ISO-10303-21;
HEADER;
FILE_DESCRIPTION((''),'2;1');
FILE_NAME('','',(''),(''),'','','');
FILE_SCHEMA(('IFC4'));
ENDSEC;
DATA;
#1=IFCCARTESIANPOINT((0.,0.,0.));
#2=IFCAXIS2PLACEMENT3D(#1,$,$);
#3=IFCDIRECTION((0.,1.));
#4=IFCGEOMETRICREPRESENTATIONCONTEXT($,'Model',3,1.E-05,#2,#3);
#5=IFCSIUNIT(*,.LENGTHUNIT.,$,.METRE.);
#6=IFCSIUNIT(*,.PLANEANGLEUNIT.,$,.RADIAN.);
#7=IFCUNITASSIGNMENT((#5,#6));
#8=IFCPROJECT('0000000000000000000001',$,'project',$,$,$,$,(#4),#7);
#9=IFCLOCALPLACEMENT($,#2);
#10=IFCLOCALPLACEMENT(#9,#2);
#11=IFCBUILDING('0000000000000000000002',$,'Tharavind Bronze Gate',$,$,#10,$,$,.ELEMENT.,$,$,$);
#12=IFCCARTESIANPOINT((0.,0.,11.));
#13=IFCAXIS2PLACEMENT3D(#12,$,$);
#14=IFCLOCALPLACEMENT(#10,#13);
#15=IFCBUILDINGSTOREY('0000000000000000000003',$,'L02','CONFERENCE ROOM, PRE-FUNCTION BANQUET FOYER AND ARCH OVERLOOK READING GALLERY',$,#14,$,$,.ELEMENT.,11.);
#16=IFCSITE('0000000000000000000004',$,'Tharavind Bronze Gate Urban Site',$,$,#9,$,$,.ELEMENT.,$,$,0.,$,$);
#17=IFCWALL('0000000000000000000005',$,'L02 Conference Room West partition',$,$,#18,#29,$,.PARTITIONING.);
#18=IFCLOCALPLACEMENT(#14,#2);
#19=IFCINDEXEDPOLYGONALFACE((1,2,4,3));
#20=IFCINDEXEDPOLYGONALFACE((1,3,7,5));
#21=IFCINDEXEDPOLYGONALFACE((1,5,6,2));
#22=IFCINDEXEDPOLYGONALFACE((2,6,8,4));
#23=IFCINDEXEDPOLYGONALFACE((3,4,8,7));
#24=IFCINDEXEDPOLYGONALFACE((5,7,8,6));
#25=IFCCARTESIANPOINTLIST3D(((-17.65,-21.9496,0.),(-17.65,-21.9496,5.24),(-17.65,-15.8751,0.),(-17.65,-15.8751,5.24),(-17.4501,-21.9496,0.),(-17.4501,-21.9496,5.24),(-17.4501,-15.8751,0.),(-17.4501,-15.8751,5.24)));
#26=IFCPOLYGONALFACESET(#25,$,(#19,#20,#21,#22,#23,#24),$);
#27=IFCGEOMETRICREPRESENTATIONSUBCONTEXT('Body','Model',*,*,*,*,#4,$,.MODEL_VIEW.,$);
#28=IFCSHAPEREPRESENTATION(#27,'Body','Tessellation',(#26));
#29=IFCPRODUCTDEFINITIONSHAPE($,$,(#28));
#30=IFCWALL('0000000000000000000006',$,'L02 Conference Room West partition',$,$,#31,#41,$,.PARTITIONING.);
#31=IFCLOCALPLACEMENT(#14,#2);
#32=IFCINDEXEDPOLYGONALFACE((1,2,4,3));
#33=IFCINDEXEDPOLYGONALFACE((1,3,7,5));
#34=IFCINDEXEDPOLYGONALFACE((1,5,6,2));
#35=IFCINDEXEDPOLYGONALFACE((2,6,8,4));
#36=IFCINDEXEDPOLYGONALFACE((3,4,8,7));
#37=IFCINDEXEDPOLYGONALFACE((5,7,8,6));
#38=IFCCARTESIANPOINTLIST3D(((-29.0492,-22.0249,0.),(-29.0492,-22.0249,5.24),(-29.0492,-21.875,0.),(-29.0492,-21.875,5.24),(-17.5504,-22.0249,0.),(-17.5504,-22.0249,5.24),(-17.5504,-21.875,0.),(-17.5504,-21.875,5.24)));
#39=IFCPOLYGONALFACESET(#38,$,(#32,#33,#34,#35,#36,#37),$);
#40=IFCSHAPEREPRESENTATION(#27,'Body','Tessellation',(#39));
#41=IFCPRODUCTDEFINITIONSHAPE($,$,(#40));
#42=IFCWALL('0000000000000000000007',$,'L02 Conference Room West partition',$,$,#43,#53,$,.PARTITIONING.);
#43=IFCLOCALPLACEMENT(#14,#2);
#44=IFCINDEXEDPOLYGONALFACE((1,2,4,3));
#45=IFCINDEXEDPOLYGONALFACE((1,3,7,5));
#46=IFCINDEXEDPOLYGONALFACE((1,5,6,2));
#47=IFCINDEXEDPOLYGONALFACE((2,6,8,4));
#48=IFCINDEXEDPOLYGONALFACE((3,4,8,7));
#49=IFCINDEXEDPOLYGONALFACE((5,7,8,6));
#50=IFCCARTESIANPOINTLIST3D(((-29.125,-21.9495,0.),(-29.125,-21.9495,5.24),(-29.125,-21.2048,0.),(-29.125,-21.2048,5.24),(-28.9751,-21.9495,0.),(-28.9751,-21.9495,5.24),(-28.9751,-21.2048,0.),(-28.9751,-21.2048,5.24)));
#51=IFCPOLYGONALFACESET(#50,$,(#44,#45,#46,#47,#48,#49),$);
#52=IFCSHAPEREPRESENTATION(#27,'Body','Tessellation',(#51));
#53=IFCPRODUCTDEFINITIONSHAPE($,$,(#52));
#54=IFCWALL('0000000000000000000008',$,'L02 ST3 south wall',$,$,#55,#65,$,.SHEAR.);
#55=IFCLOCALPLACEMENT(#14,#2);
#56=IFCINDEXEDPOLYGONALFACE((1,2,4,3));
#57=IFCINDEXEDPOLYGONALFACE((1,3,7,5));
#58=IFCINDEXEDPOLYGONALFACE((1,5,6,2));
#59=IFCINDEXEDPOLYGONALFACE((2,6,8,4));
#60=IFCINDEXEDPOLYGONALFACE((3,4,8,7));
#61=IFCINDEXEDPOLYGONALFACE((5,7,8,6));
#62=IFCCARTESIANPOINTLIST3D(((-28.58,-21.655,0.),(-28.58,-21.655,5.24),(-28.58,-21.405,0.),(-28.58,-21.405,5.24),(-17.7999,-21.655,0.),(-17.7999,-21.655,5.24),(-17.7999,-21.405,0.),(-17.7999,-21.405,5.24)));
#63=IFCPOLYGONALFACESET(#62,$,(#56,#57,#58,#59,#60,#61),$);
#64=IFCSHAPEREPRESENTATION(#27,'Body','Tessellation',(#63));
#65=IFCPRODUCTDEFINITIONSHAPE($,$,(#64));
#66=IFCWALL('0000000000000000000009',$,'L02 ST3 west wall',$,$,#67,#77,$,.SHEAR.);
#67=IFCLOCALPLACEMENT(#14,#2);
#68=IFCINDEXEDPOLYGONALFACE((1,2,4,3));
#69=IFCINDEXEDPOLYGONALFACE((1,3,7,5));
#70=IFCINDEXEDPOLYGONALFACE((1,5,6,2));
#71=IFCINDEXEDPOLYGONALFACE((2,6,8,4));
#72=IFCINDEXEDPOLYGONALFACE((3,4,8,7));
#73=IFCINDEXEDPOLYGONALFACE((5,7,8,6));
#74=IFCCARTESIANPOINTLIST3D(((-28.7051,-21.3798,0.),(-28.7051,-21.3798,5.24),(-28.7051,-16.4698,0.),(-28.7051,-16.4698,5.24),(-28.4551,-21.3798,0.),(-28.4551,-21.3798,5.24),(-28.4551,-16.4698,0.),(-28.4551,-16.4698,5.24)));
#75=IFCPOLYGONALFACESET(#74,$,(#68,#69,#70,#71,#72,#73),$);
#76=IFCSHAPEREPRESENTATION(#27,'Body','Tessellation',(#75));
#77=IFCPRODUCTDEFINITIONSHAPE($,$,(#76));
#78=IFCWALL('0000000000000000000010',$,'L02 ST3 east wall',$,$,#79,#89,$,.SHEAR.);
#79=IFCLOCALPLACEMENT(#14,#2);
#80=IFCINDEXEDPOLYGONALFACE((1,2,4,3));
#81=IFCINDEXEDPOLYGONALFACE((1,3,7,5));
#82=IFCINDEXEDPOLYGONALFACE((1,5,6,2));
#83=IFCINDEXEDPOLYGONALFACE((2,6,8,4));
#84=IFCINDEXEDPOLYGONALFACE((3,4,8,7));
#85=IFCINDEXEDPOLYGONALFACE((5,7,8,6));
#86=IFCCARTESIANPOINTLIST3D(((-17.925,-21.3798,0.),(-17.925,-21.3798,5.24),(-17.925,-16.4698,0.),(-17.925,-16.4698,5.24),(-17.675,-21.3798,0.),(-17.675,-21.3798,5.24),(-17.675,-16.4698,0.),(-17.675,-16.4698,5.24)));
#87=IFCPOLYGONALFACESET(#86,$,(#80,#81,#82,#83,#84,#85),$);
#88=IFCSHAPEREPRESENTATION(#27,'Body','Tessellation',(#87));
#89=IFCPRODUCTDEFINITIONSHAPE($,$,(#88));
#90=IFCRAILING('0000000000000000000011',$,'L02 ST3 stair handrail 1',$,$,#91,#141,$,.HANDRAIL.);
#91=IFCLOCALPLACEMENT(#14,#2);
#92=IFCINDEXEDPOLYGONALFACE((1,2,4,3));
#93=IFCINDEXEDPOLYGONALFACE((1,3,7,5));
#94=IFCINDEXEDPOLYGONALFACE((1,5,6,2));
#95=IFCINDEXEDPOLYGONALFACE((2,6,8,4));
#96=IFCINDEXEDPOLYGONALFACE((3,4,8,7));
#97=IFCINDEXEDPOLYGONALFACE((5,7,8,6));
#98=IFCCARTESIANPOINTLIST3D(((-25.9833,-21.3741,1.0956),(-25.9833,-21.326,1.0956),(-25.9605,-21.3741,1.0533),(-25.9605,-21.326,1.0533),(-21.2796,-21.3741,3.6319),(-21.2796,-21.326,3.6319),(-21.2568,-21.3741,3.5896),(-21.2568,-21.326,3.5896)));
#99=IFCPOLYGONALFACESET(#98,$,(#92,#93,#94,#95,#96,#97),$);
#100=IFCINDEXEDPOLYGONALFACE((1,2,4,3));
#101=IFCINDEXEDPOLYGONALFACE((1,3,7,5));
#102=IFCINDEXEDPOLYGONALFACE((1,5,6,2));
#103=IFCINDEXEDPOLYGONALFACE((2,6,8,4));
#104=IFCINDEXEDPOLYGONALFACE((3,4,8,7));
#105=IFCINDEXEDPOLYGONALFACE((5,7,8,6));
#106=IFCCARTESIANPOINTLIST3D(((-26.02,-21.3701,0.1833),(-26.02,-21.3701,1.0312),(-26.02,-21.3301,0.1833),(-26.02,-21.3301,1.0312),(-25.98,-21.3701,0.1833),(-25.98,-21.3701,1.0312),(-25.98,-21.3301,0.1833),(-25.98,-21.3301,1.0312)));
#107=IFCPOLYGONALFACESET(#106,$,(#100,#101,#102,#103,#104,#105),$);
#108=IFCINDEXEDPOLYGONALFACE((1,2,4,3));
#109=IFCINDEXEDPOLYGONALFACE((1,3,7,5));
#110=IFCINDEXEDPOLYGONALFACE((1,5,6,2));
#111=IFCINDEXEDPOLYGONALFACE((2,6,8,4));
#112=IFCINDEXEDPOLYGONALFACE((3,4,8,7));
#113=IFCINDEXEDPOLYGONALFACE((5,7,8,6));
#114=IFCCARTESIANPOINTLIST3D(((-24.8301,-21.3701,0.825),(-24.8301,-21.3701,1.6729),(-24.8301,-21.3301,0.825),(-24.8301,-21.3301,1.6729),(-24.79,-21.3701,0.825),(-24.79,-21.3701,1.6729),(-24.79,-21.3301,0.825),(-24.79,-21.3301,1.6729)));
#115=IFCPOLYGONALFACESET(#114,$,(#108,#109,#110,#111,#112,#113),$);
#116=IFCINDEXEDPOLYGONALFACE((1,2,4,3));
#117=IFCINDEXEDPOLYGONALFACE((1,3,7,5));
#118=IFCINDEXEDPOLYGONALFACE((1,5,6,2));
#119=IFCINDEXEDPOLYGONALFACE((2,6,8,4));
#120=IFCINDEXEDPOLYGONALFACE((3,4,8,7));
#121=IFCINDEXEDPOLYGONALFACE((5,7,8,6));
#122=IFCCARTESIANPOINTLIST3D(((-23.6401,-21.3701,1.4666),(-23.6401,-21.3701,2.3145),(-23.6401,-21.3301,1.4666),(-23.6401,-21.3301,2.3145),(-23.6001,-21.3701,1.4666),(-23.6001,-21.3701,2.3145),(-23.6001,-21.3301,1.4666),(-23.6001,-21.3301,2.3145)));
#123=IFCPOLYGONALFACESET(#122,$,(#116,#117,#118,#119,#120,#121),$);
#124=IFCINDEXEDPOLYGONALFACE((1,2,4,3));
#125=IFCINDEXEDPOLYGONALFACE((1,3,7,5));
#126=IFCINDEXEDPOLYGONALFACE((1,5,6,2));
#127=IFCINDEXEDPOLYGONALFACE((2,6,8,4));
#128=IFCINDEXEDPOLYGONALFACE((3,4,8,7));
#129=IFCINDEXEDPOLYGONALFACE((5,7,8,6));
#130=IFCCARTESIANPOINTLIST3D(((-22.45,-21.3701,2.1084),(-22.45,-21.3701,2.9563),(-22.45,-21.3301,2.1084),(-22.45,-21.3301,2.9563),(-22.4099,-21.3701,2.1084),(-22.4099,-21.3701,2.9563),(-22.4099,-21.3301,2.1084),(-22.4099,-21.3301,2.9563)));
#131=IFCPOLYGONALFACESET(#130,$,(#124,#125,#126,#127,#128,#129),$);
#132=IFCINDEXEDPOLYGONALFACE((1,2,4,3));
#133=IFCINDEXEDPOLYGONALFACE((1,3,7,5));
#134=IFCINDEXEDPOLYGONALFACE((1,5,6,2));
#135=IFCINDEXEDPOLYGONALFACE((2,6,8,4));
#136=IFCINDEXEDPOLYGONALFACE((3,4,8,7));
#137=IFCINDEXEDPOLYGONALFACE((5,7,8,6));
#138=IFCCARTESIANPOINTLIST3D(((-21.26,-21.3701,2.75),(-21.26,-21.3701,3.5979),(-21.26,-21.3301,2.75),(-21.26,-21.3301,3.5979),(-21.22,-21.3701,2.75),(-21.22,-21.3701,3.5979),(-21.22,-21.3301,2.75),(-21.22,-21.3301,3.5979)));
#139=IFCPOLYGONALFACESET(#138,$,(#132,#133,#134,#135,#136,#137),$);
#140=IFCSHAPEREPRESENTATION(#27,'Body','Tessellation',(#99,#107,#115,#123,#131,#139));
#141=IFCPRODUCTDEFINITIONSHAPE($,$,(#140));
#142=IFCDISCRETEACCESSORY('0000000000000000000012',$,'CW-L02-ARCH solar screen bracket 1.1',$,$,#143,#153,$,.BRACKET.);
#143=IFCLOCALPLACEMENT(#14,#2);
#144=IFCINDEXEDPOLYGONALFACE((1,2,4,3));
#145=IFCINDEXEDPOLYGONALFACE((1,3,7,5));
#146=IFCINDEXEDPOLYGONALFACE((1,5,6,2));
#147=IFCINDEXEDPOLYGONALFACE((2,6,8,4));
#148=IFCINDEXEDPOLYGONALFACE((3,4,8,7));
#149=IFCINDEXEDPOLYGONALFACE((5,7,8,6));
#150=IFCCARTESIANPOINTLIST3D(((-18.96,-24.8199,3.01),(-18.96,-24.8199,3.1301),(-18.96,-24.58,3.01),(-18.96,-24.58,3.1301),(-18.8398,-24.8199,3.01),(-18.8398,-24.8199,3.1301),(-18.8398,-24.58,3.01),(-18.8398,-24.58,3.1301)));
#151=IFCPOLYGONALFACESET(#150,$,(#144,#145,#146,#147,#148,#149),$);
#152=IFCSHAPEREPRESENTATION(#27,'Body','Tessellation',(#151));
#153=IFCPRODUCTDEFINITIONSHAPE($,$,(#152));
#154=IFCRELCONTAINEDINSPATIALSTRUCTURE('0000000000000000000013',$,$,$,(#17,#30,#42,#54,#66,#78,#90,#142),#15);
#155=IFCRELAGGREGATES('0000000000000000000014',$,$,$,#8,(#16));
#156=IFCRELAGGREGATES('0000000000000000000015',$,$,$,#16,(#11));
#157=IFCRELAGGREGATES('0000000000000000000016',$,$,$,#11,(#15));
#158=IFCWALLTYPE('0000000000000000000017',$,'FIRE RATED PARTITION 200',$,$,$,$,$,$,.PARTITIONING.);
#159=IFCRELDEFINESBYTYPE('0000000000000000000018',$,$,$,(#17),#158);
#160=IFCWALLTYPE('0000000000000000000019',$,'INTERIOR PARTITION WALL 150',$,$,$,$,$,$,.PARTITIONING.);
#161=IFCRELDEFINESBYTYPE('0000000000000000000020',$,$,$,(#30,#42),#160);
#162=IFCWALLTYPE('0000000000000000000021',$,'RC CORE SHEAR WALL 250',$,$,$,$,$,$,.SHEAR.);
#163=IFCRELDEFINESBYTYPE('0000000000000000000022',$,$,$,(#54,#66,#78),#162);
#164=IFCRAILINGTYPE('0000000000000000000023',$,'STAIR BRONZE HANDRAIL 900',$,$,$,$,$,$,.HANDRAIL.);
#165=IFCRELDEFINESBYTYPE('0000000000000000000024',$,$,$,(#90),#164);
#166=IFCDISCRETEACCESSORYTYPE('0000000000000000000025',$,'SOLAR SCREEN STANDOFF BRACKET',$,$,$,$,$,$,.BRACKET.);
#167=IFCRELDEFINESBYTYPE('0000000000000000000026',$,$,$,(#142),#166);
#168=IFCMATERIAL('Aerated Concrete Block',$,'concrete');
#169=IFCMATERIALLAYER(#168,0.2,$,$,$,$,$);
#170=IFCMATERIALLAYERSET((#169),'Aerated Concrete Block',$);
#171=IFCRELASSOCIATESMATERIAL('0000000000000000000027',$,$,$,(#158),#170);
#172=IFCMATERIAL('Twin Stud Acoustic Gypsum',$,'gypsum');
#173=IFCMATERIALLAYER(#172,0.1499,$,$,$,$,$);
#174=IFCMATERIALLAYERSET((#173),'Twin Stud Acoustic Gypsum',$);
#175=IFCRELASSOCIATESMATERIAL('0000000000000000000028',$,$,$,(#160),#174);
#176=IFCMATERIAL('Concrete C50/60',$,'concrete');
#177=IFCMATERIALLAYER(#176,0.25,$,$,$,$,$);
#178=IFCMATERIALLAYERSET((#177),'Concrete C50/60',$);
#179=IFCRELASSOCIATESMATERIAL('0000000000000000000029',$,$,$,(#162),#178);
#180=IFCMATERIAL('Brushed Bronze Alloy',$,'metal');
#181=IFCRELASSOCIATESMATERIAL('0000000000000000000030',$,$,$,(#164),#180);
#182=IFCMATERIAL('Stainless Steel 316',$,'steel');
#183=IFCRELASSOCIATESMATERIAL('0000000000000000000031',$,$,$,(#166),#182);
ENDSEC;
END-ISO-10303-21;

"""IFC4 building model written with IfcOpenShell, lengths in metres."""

from ifc_helpers import new_model, si_unit, direction, frame, frame_2d, origin, origin_2d, place, context, subcontext, project, spatial, rectangle, extrude, material, layer, layer_set, type_object, element, save


model = new_model("IFC4")

# Units and contexts
model_context = context("Model", 3, precision=1e-05, world=origin(), true_north=direction((0.0, 1.0)))
body_context = subcontext(model_context, "Body", "Model", "MODEL_VIEW")
ifc_project = project(units=[si_unit("LENGTHUNIT", "METRE"), si_unit("PLANEANGLEUNIT", "RADIAN")], contexts=[model_context])

# Site, building, storey
site_placement = place(None, origin())
site = spatial("IfcSite", under=ifc_project, at=site_placement, Name="Tharavind Bronze Gate Urban Site", CompositionType="ELEMENT", RefElevation=0.0)
building_placement = place(site_placement, origin())
building = spatial("IfcBuilding", under=site, at=building_placement, Name="Tharavind Bronze Gate", CompositionType="ELEMENT")
storey_placement = place(building_placement, frame((0.0, 0.0, 11.0)))
storey = spatial("IfcBuildingStorey", under=building, at=storey_placement, Name="L02", Description="CONFERENCE ROOM, PRE-FUNCTION BANQUET FOYER AND ARCH OVERLOOK READING GALLERY", CompositionType="ELEMENT", Elevation=11.0)

# Shared definitions
ifc_material_1 = material(Name="Concrete C50/60", Category="concrete")

# Walls
ifc_material_2 = material(Name="Aerated Concrete Block", Category="concrete")
ifc_layer_1 = layer(ifc_material_2, 0.2)
ifc_layer_set_1 = layer_set([ifc_layer_1], Name="Aerated Concrete Block")
wall_type_1 = type_object("IfcWallType", Name="FIRE RATED PARTITION 200", PredefinedType="PARTITIONING", material=ifc_layer_set_1)
wall_1_placement = place(storey_placement, frame((-17.55, -21.9495, 0.0), z_axis=(0.0, 0.0, 1.0), x_axis=(0.0, 1.0, 0.0)))
element("IfcWall", 1, at=wall_1_placement, inside=storey, type_object=wall_type_1, Name="L02 Conference Room West partition", PredefinedType="PARTITIONING", context=body_context, shape_type="SweptSolid", body=[
    extrude(rectangle(XDim=6.0745, YDim=0.2, at=frame_2d((3.0371, 0.0))), origin(), (0.0, 0.0, 1.0), 5.24),
])
ifc_material_3 = material(Name="Twin Stud Acoustic Gypsum", Category="gypsum")
ifc_layer_2 = layer(ifc_material_3, 0.1499)
ifc_layer_set_2 = layer_set([ifc_layer_2], Name="Twin Stud Acoustic Gypsum")
wall_type_2 = type_object("IfcWallType", Name="INTERIOR PARTITION WALL 150", PredefinedType="PARTITIONING", material=ifc_layer_set_2)
wall_2_placement = place(storey_placement, frame((-29.0493, -21.95, 0.0), z_axis=(0.0, 0.0, 1.0), x_axis=(1.0, 0.0, 0.0)))
element("IfcWall", 2, at=wall_2_placement, inside=storey, type_object=wall_type_2, Name="L02 Conference Room West partition", PredefinedType="PARTITIONING", context=body_context, shape_type="SweptSolid", body=[
    extrude(rectangle(XDim=11.4988, YDim=0.1499, at=frame_2d((5.7495, 0.0))), origin(), (0.0, 0.0, 1.0), 5.24),
])
wall_3_placement = place(storey_placement, frame((-29.05, -21.2048, 0.0), z_axis=(0.0, 0.0, 1.0), x_axis=(0.0, -1.0, 0.0)))
element("IfcWall", 3, at=wall_3_placement, inside=storey, type_object=wall_type_2, Name="L02 Conference Room West partition", PredefinedType="PARTITIONING", context=body_context, shape_type="SweptSolid", body=[
    extrude(rectangle(XDim=0.7446, YDim=0.1499, at=frame_2d((0.3723, 0.0))), origin(), (0.0, 0.0, 1.0), 5.24),
])
ifc_layer_3 = layer(ifc_material_1, 0.25)
ifc_layer_set_3 = layer_set([ifc_layer_3], Name="Concrete C50/60")
wall_type_3 = type_object("IfcWallType", Name="RC CORE SHEAR WALL 250", PredefinedType="SHEAR", material=ifc_layer_set_3)
wall_4_placement = place(storey_placement, frame((-28.5801, -21.53, 0.0), z_axis=(0.0, 0.0, 1.0), x_axis=(1.0, 0.0, 0.0)))
element("IfcWall", 4, at=wall_4_placement, inside=storey, type_object=wall_type_3, Name="L02 ST3 south wall", PredefinedType="SHEAR", context=body_context, shape_type="SweptSolid", body=[
    extrude(rectangle(XDim=10.78, YDim=0.25, at=frame_2d((5.3901, 0.0))), origin(), (0.0, 0.0, 1.0), 5.24),
])
for number, where, z_axis, x_axis, name in (
    (5, (-28.5801, -21.3799, 0.0), (0.0, 0.0, 1.0), (0.0, 1.0, 0.0), "L02 ST3 west wall"),
    (6, (-17.8, -21.3799, 0.0), (0.0, 0.0, 1.0), (0.0, 1.0, 0.0), "L02 ST3 east wall"),
):
    element("IfcWall", number, at=place(storey_placement, frame(where, z_axis=z_axis, x_axis=x_axis)), inside=storey, type_object=wall_type_3, Name=name, PredefinedType="SHEAR", context=body_context, shape_type="SweptSolid", body=[
        extrude(rectangle(XDim=4.9099, YDim=0.25, at=frame_2d((2.4551, 0.0))), origin(), (0.0, 0.0, 1.0), 5.24),
    ])

# Railing
ifc_material_4 = material(Name="Brushed Bronze Alloy", Category="metal")
railing_type = type_object("IfcRailingType", Name="STAIR BRONZE HANDRAIL 900", PredefinedType="HANDRAIL", material=ifc_material_4)
railing_placement = place(storey_placement, frame((-26.0, -21.3501, 0.1833)))
element("IfcRailing", 7, at=railing_placement, inside=storey, type_object=railing_type, Name="L02 ST3 stair handrail 1", PredefinedType="HANDRAIL", context=body_context, shape_type="SweptSolid", body=[
    extrude(rectangle(XDim=0.0481, YDim=0.0481, at=origin_2d()), frame((0.0281, 0.0, 0.8911), z_axis=(0.880196, 0.0, 0.474611), x_axis=(0.0, 1.0, 0.0)), (0.0, 0.0, 1.0), 5.344),
    extrude(rectangle(XDim=0.04, YDim=0.04, at=origin_2d()), origin(), (0.0, 0.0, 1.0), 0.8479),
    extrude(rectangle(XDim=0.04, YDim=0.04, at=origin_2d()), frame((1.1899, 0.0, 0.6416)), (0.0, 0.0, 1.0), 0.8479),
    extrude(rectangle(XDim=0.04, YDim=0.04, at=origin_2d()), frame((2.3799, 0.0, 1.2832)), (0.0, 0.0, 1.0), 0.8479),
    extrude(rectangle(XDim=0.04, YDim=0.04, at=origin_2d()), frame((3.5701, 0.0, 1.925)), (0.0, 0.0, 1.0), 0.8479),
    extrude(rectangle(XDim=0.04, YDim=0.04, at=origin_2d()), frame((4.76, 0.0, 2.5667)), (0.0, 0.0, 1.0), 0.8479),
])

# Discrete accessory
ifc_material_5 = material(Name="Stainless Steel 316", Category="steel")
discrete_accessory_type = type_object("IfcDiscreteAccessoryType", Name="SOLAR SCREEN STANDOFF BRACKET", PredefinedType="BRACKET", material=ifc_material_5)
discrete_accessory_placement = place(storey_placement, frame((-18.8999, -24.7, 3.01), z_axis=(0.0, 0.0, 1.0), x_axis=(1.0, 0.0, 0.0)))
element("IfcDiscreteAccessory", 8, at=discrete_accessory_placement, inside=storey, type_object=discrete_accessory_type, Name="CW-L02-ARCH solar screen bracket 1.1", PredefinedType="BRACKET", context=body_context, shape_type="SweptSolid", body=[
    extrude(rectangle(XDim=0.1201, YDim=0.24, at=origin_2d()), origin(), (0.0, 0.0, 1.0), 0.1201),
])

save(model, "model.ifc")
